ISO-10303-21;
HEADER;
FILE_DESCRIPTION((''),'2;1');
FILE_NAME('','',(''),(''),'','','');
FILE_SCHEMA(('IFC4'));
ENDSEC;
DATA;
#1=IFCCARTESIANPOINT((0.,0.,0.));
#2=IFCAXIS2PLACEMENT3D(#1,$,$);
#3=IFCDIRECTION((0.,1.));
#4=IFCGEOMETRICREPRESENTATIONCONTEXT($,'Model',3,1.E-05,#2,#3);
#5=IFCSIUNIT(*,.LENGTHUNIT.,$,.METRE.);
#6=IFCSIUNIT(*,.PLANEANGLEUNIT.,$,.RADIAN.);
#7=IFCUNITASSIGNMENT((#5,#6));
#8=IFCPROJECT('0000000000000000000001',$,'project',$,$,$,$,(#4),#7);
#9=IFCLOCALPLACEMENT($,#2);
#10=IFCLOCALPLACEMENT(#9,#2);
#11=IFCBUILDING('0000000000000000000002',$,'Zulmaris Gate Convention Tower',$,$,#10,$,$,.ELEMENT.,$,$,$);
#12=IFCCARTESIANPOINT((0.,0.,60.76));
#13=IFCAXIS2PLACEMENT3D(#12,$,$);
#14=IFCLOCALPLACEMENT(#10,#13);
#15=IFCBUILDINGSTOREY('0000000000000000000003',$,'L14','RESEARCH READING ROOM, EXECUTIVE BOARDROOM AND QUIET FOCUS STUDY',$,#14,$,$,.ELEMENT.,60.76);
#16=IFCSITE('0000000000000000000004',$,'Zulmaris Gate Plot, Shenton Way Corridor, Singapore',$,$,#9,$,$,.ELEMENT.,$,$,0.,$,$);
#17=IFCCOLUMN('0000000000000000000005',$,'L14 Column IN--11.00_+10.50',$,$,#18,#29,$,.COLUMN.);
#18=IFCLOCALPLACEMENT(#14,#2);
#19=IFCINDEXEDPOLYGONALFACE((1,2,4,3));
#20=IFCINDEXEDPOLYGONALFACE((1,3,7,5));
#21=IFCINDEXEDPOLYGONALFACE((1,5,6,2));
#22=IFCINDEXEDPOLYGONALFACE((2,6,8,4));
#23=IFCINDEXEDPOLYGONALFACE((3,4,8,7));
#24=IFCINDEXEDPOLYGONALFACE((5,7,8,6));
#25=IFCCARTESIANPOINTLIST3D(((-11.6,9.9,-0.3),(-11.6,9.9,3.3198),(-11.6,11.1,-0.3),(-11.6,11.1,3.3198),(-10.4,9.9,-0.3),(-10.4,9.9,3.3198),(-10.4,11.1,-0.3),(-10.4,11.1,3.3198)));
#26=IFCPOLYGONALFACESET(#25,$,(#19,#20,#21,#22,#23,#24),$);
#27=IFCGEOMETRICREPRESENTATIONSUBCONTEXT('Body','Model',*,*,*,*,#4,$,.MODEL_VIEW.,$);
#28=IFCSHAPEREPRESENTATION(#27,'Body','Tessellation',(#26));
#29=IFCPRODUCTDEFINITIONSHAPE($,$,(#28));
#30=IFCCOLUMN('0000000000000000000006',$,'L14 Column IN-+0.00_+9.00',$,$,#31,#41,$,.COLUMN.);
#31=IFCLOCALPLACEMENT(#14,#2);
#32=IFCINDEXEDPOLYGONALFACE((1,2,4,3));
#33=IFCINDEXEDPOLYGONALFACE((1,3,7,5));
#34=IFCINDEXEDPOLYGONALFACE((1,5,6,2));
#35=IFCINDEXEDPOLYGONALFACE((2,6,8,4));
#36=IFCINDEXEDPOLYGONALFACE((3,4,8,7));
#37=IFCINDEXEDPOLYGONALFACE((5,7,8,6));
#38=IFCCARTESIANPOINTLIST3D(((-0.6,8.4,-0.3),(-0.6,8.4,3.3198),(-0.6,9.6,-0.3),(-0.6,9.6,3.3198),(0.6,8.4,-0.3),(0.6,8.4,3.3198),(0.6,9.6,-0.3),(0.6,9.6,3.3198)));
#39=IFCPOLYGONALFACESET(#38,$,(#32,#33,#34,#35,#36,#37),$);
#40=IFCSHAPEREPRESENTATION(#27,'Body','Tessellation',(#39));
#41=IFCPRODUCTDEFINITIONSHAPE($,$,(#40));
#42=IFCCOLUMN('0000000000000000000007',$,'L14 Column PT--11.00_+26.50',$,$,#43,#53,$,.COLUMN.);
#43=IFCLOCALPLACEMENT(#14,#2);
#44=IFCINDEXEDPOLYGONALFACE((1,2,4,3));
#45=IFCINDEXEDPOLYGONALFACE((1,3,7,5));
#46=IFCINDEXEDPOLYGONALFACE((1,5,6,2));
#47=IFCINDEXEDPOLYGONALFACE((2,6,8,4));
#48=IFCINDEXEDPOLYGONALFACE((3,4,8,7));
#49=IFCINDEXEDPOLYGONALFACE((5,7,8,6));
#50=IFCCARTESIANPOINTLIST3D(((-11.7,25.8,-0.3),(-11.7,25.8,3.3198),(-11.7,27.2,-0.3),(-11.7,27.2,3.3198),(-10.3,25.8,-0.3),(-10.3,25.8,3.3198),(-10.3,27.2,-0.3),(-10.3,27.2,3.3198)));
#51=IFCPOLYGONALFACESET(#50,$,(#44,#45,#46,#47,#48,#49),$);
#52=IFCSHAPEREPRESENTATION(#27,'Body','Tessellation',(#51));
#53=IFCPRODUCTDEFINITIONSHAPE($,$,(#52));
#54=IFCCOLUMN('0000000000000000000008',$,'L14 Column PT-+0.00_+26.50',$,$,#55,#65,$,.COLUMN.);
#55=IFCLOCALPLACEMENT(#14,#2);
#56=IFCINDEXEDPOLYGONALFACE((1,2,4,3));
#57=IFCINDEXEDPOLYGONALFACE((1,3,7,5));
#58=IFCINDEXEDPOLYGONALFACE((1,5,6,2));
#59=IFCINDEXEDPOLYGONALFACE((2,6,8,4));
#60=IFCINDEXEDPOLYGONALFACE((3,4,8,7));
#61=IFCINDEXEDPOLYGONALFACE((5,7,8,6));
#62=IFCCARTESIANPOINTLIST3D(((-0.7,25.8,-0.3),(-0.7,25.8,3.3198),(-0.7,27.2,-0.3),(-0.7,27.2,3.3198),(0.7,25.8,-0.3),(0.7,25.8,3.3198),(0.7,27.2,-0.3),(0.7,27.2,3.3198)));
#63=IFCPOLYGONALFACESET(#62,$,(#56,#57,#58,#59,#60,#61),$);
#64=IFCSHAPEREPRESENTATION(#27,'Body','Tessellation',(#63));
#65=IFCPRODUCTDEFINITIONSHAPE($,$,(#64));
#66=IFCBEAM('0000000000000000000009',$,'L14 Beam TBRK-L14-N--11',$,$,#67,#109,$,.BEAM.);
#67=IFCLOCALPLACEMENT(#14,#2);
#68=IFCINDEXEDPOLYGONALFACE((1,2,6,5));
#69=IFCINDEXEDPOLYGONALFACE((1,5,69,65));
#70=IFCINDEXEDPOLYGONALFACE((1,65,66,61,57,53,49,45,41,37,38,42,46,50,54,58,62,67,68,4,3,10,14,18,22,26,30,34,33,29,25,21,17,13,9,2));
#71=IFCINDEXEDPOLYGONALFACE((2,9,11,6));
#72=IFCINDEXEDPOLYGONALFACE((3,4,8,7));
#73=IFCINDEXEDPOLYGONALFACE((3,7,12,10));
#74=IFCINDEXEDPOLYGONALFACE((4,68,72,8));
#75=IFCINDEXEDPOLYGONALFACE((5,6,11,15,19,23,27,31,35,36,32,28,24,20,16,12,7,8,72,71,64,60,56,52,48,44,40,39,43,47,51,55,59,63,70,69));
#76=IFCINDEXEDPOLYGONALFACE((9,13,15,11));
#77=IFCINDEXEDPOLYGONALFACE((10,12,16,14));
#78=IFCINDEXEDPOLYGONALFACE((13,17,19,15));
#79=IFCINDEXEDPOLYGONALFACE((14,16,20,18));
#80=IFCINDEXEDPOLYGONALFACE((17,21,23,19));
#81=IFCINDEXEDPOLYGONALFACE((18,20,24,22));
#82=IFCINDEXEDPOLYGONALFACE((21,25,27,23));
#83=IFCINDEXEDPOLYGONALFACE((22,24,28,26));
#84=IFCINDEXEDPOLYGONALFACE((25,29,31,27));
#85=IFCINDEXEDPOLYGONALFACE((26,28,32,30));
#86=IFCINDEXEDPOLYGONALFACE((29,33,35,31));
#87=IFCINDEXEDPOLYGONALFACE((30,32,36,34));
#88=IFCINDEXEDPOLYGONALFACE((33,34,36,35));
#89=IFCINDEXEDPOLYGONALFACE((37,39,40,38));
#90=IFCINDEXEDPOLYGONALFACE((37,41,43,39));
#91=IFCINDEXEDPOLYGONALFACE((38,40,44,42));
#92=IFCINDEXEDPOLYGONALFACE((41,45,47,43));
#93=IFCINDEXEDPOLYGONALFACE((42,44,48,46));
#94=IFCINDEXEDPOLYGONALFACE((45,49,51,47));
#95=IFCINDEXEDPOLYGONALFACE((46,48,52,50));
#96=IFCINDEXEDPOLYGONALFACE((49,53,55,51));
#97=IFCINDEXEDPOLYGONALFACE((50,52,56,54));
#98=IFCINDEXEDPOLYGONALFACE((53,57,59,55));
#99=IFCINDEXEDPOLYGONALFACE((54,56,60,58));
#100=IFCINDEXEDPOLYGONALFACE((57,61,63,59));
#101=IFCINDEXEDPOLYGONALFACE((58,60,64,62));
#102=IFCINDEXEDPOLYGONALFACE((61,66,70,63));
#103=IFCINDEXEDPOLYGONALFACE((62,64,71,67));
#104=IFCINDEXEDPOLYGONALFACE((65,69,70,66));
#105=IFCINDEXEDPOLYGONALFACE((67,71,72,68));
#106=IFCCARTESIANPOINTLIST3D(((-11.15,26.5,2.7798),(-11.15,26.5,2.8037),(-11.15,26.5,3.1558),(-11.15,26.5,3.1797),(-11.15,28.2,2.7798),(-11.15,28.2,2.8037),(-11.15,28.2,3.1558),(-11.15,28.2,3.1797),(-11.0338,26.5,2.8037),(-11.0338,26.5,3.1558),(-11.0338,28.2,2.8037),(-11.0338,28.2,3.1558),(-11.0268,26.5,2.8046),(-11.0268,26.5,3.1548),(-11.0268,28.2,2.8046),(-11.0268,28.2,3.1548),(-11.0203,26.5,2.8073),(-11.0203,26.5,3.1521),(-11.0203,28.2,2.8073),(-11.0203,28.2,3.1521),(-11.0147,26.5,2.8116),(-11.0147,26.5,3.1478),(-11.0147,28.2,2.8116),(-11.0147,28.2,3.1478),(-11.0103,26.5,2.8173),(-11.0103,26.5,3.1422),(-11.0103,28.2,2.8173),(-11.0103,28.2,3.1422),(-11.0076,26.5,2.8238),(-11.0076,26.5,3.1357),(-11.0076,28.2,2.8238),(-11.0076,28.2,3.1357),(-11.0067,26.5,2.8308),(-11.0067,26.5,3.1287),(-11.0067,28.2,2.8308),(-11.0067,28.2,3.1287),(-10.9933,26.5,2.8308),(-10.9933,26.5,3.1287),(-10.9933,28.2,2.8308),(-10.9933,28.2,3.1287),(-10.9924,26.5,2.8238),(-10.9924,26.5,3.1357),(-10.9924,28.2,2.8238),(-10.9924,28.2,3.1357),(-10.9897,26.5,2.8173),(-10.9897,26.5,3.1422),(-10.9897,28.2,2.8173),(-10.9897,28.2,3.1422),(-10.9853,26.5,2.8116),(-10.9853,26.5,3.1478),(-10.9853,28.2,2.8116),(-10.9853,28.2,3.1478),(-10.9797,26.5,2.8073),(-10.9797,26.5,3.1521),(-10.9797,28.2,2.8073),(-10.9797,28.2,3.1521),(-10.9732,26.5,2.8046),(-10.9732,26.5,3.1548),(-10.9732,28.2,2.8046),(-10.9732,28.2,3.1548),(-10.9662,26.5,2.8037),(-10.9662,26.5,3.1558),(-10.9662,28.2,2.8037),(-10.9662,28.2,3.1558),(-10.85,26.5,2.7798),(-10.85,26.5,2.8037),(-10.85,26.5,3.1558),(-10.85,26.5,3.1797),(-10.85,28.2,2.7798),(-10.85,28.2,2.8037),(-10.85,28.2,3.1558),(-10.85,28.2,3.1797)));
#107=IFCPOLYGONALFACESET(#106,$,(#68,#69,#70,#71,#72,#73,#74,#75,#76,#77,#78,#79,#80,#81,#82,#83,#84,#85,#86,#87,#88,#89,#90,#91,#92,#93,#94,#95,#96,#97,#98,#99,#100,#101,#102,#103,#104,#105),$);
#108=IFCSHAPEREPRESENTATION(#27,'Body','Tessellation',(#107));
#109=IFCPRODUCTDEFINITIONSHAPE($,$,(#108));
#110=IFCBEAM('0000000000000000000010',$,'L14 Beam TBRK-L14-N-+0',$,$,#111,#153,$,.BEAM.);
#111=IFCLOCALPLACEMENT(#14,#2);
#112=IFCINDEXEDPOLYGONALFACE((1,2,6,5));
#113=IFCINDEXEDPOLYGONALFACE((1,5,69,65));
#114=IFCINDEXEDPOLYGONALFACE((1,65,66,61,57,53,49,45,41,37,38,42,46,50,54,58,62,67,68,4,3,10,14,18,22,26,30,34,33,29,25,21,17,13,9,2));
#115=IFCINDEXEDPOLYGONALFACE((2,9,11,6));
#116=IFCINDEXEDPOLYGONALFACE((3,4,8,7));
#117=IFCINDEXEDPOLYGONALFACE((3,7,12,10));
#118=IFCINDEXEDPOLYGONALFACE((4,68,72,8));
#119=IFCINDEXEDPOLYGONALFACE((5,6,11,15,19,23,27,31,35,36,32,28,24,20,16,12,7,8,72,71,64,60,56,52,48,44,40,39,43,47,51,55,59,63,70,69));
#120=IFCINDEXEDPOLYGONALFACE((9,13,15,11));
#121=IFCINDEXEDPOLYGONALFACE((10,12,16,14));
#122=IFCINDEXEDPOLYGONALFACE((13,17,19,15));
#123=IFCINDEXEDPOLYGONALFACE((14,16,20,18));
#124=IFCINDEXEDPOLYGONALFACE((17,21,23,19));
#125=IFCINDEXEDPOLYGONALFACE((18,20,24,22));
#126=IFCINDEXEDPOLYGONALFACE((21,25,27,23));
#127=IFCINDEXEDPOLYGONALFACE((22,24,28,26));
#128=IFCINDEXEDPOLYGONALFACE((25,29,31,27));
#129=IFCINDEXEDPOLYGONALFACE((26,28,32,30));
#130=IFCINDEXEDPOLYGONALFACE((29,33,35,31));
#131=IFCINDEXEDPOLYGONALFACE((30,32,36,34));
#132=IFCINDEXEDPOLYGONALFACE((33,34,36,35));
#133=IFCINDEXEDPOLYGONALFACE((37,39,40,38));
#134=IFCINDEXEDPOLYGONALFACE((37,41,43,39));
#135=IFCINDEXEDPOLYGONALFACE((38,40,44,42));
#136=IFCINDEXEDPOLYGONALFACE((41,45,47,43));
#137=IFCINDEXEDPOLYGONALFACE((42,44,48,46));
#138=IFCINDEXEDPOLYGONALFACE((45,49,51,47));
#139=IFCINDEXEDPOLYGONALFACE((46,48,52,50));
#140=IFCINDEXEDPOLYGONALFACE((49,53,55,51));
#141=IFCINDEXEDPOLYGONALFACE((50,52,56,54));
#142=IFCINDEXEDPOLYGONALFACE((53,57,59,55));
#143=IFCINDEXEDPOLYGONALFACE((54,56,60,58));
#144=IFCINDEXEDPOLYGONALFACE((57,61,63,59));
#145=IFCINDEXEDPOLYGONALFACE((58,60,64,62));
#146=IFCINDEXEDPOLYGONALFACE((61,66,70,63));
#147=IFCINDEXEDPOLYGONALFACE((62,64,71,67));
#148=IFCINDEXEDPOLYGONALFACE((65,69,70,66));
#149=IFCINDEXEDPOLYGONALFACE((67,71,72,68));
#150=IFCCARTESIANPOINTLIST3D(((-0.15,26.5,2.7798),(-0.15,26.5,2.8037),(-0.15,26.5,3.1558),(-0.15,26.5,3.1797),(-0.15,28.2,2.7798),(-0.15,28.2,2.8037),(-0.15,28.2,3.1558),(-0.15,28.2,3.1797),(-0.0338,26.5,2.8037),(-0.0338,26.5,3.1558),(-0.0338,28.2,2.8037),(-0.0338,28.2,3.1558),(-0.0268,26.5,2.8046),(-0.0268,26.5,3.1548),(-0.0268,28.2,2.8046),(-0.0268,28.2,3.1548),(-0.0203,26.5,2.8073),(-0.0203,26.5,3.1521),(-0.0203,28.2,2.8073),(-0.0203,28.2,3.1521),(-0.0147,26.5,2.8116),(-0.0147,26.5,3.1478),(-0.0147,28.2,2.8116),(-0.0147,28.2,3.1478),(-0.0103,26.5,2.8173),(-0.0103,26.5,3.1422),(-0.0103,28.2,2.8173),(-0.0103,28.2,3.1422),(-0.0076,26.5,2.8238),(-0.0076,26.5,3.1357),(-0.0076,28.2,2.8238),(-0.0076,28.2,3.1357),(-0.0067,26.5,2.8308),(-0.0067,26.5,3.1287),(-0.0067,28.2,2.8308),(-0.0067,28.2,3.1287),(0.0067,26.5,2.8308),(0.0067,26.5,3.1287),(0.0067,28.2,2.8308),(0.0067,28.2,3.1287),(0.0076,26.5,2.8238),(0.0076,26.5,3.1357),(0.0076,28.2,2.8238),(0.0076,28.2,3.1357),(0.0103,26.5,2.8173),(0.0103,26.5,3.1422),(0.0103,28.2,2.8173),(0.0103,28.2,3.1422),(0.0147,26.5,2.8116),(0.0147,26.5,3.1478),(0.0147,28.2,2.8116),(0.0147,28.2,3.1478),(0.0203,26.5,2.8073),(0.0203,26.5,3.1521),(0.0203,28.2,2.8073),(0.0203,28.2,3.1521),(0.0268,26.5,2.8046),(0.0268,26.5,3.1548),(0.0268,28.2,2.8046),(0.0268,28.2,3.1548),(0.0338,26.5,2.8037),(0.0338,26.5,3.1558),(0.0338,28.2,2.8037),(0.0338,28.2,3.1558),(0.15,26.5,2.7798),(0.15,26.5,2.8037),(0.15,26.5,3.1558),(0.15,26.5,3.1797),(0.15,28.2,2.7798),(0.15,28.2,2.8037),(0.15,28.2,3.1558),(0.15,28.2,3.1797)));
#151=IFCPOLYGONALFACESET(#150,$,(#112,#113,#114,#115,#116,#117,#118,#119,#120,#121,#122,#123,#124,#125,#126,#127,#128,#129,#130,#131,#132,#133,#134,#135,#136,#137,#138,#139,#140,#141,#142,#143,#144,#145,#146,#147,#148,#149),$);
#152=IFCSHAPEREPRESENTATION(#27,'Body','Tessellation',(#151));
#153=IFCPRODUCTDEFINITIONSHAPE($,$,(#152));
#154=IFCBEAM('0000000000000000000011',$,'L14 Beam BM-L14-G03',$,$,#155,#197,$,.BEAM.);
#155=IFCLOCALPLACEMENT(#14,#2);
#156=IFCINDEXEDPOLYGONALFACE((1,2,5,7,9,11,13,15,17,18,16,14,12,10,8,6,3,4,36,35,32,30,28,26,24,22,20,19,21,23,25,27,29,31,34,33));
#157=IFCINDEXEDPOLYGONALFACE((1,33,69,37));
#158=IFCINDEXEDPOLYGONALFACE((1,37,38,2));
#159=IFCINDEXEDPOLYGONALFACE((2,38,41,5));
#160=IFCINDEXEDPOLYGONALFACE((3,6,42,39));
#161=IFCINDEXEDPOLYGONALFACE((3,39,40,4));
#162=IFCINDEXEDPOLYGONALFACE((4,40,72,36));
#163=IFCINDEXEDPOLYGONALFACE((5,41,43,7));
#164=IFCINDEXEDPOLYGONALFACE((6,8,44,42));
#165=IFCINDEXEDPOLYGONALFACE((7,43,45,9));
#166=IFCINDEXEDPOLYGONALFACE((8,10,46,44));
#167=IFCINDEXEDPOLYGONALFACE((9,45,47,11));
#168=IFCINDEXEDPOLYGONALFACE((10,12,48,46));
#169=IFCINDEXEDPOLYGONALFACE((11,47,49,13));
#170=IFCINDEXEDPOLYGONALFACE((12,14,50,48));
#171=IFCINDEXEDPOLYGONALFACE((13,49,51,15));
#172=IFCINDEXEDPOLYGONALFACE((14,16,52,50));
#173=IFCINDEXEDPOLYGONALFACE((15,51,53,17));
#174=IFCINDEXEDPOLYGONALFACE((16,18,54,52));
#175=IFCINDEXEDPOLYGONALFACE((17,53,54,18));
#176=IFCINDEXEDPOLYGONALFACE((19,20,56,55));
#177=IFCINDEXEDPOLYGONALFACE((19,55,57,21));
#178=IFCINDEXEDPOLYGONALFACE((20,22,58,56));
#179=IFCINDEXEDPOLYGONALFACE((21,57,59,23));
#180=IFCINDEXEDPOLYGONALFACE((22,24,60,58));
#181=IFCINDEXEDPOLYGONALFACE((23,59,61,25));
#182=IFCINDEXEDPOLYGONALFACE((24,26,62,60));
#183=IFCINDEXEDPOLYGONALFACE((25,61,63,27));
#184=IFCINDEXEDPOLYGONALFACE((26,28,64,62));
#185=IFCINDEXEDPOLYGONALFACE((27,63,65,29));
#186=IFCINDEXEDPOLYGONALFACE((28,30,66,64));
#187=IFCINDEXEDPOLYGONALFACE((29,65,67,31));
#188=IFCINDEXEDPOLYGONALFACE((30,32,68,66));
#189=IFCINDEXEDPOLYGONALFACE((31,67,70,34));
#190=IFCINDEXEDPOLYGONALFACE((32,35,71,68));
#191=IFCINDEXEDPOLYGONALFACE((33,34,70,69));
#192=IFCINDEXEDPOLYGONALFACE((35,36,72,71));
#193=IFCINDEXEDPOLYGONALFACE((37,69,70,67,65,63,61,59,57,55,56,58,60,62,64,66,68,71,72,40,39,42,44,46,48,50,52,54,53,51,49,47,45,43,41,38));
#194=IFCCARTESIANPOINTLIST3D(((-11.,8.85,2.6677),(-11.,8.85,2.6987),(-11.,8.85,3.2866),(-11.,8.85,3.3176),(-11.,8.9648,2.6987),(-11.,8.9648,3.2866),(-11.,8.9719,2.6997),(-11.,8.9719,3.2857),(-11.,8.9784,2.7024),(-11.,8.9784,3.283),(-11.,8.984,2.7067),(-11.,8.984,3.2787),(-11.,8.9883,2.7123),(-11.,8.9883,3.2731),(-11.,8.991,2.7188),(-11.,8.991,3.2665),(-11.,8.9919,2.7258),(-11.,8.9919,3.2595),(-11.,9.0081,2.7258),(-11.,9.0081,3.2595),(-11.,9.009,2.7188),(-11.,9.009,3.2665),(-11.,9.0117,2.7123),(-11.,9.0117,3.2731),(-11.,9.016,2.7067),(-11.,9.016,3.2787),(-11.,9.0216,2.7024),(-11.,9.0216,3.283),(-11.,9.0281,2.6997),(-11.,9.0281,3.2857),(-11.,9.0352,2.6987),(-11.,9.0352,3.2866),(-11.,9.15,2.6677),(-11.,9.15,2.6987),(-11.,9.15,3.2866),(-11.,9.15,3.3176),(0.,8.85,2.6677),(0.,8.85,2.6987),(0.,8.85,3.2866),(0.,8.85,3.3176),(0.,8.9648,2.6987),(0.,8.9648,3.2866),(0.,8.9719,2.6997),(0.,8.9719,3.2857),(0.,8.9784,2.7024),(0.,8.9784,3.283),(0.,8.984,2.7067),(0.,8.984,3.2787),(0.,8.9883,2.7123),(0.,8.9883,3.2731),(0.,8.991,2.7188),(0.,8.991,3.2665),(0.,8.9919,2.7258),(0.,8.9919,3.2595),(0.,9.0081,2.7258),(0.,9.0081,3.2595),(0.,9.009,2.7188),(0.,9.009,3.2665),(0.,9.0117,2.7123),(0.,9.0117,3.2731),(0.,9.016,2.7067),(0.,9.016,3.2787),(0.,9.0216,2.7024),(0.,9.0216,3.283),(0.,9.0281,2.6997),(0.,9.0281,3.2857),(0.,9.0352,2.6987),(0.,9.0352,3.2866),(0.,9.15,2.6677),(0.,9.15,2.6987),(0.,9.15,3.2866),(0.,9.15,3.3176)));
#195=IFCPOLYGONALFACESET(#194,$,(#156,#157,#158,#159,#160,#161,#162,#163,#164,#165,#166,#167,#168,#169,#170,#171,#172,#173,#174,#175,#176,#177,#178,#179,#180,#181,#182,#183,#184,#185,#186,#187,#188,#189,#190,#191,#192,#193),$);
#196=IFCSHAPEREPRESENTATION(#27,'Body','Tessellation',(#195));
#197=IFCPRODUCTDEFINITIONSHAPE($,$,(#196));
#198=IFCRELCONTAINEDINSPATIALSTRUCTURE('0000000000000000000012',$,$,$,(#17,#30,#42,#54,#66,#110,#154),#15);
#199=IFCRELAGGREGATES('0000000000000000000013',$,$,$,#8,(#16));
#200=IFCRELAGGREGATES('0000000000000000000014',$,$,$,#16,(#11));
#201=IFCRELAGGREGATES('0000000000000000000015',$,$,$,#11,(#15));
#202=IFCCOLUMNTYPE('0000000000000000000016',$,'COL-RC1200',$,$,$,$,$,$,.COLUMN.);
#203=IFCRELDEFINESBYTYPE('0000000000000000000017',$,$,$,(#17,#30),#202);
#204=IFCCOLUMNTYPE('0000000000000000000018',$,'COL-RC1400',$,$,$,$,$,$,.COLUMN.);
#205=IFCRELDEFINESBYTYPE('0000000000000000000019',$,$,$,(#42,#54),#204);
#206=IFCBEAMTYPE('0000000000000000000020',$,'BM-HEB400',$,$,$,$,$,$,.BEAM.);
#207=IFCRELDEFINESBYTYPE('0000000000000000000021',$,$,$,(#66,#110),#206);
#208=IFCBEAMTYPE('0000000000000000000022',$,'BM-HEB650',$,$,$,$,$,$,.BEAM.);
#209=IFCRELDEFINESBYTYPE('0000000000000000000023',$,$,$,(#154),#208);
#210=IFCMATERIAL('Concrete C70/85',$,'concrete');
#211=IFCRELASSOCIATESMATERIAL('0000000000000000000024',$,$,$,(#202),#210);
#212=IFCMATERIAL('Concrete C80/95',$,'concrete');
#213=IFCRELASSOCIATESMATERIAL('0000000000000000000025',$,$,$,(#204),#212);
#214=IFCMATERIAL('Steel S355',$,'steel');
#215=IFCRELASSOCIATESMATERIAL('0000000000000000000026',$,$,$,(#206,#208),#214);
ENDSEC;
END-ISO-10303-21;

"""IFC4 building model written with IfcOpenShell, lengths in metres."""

from ifc_helpers import new_model, si_unit, direction, frame, origin, origin_2d, place, context, subcontext, project, spatial, rectangle, i_section, extrude, material, material_profile, profile_set, type_object, element, save


model = new_model("IFC4")

# Units and contexts
model_context = context("Model", 3, precision=1e-05, world=origin(), true_north=direction((0.0, 1.0)))
body_context = subcontext(model_context, "Body", "Model", "MODEL_VIEW")
ifc_project = project(units=[si_unit("LENGTHUNIT", "METRE"), si_unit("PLANEANGLEUNIT", "RADIAN")], contexts=[model_context])

# Site, building, storey
site_placement = place(None, origin())
site = spatial("IfcSite", under=ifc_project, at=site_placement, Name="Zulmaris Gate Plot, Shenton Way Corridor, Singapore", CompositionType="ELEMENT", RefElevation=0.0)
building_placement = place(site_placement, origin())
building = spatial("IfcBuilding", under=site, at=building_placement, Name="Zulmaris Gate Convention Tower", CompositionType="ELEMENT")
storey_placement = place(building_placement, frame((0.0, 0.0, 60.76)))
storey = spatial("IfcBuildingStorey", under=building, at=storey_placement, Name="L14", Description="RESEARCH READING ROOM, EXECUTIVE BOARDROOM AND QUIET FOCUS STUDY", CompositionType="ELEMENT", Elevation=60.76)

# Columns
ifc_material_1 = material(Name="Concrete C70/85", Category="concrete")
ifc_material_profile_1 = material_profile(ifc_material_1, rectangle(XDim=1.2, YDim=1.2, at=origin_2d()), Name="RC COL 1200x1200")
ifc_profile_set_1 = profile_set([ifc_material_profile_1], Name="Concrete C70/85")
column_type_1 = type_object("IfcColumnType", Name="COL-RC1200", PredefinedType="COLUMN", material=ifc_profile_set_1)
for number, where, z_axis, x_axis, name in (
    (1, (-11.0, 10.5, -0.3), (0.0, 0.0, 1.0), (1.0, 0.0, 0.0), "L14 Column IN--11.00_+10.50"),
    (2, (0.0, 9.0, -0.3), (0.0, 0.0, 1.0), (1.0, 0.0, 0.0), "L14 Column IN-+0.00_+9.00"),
):
    element("IfcColumn", number, at=place(storey_placement, frame(where, z_axis=z_axis, x_axis=x_axis)), inside=storey, type_object=column_type_1, Name=name, PredefinedType="COLUMN", context=body_context, shape_type="SweptSolid", body=[
        extrude(rectangle(XDim=1.2, YDim=1.2, at=origin_2d()), origin(), (0.0, 0.0, 1.0), 3.6199),
    ])
ifc_material_2 = material(Name="Concrete C80/95", Category="concrete")
ifc_material_profile_2 = material_profile(ifc_material_2, rectangle(XDim=1.3999, YDim=1.3999, at=origin_2d()), Name="RC COL 1400x1400")
ifc_profile_set_2 = profile_set([ifc_material_profile_2], Name="Concrete C80/95")
column_type_2 = type_object("IfcColumnType", Name="COL-RC1400", PredefinedType="COLUMN", material=ifc_profile_set_2)
for number, where, z_axis, x_axis, name in (
    (3, (-11.0, 26.5, -0.3), (0.0, 0.0, 1.0), (1.0, 0.0, 0.0), "L14 Column PT--11.00_+26.50"),
    (4, (0.0, 26.5, -0.3), (0.0, 0.0, 1.0), (1.0, 0.0, 0.0), "L14 Column PT-+0.00_+26.50"),
):
    element("IfcColumn", number, at=place(storey_placement, frame(where, z_axis=z_axis, x_axis=x_axis)), inside=storey, type_object=column_type_2, Name=name, PredefinedType="COLUMN", context=body_context, shape_type="SweptSolid", body=[
        extrude(rectangle(XDim=1.3999, YDim=1.3999, at=origin_2d()), origin(), (0.0, 0.0, 1.0), 3.6199),
    ])

# Beams
ifc_material_3 = material(Name="Steel S355", Category="steel")
ifc_material_profile_3 = material_profile(ifc_material_3, i_section(OverallWidth=0.3, OverallDepth=0.3999, WebThickness=0.0134, FlangeThickness=0.0239, FilletRadius=0.0271, at=origin_2d()), Name="HEB 400")
ifc_profile_set_3 = profile_set([ifc_material_profile_3], Name="Steel S355")
beam_type_1 = type_object("IfcBeamType", Name="BM-HEB400", PredefinedType="BEAM", material=ifc_profile_set_3)
for number, where, z_axis, x_axis, name in (
    (5, (-11.0, 26.5, 2.9797), (0.0, 1.0, 0.0), (-1.0, 0.0, 0.0), "L14 Beam TBRK-L14-N--11"),
    (6, (0.0, 26.5, 2.9797), (0.0, 1.0, 0.0), (-1.0, 0.0, 0.0), "L14 Beam TBRK-L14-N-+0"),
):
    element("IfcBeam", number, at=place(storey_placement, frame(where, z_axis=z_axis, x_axis=x_axis)), inside=storey, type_object=beam_type_1, Name=name, PredefinedType="BEAM", context=body_context, shape_type="SweptSolid", body=[
        extrude(i_section(OverallWidth=0.3, OverallDepth=0.3999, WebThickness=0.0134, FlangeThickness=0.0239, FilletRadius=0.0271, at=origin_2d()), origin(), (0.0, 0.0, 1.0), 1.7),
    ])
ifc_material_profile_4 = material_profile(ifc_material_3, i_section(OverallWidth=0.3, OverallDepth=0.6499, WebThickness=0.0161, FlangeThickness=0.031, FilletRadius=0.0271, at=origin_2d()), Name="HEB 650")
ifc_profile_set_4 = profile_set([ifc_material_profile_4], Name="Steel S355")
beam_type_2 = type_object("IfcBeamType", Name="BM-HEB650", PredefinedType="BEAM", material=ifc_profile_set_4)
for number, where, z_axis, x_axis, name in (
    (7, (-11.0, 9.0, 2.9927), (1.0, 0.0, 0.0), (0.0, 1.0, 0.0), "L14 Beam BM-L14-G03"),
):
    element("IfcBeam", number, at=place(storey_placement, frame(where, z_axis=z_axis, x_axis=x_axis)), inside=storey, type_object=beam_type_2, Name=name, PredefinedType="BEAM", context=body_context, shape_type="SweptSolid", body=[
        extrude(i_section(OverallWidth=0.3, OverallDepth=0.6499, WebThickness=0.0161, FlangeThickness=0.031, FilletRadius=0.0271, at=origin_2d()), origin(), (0.0, 0.0, 1.0), 11.0),
    ])

save(model, "model.ifc")
